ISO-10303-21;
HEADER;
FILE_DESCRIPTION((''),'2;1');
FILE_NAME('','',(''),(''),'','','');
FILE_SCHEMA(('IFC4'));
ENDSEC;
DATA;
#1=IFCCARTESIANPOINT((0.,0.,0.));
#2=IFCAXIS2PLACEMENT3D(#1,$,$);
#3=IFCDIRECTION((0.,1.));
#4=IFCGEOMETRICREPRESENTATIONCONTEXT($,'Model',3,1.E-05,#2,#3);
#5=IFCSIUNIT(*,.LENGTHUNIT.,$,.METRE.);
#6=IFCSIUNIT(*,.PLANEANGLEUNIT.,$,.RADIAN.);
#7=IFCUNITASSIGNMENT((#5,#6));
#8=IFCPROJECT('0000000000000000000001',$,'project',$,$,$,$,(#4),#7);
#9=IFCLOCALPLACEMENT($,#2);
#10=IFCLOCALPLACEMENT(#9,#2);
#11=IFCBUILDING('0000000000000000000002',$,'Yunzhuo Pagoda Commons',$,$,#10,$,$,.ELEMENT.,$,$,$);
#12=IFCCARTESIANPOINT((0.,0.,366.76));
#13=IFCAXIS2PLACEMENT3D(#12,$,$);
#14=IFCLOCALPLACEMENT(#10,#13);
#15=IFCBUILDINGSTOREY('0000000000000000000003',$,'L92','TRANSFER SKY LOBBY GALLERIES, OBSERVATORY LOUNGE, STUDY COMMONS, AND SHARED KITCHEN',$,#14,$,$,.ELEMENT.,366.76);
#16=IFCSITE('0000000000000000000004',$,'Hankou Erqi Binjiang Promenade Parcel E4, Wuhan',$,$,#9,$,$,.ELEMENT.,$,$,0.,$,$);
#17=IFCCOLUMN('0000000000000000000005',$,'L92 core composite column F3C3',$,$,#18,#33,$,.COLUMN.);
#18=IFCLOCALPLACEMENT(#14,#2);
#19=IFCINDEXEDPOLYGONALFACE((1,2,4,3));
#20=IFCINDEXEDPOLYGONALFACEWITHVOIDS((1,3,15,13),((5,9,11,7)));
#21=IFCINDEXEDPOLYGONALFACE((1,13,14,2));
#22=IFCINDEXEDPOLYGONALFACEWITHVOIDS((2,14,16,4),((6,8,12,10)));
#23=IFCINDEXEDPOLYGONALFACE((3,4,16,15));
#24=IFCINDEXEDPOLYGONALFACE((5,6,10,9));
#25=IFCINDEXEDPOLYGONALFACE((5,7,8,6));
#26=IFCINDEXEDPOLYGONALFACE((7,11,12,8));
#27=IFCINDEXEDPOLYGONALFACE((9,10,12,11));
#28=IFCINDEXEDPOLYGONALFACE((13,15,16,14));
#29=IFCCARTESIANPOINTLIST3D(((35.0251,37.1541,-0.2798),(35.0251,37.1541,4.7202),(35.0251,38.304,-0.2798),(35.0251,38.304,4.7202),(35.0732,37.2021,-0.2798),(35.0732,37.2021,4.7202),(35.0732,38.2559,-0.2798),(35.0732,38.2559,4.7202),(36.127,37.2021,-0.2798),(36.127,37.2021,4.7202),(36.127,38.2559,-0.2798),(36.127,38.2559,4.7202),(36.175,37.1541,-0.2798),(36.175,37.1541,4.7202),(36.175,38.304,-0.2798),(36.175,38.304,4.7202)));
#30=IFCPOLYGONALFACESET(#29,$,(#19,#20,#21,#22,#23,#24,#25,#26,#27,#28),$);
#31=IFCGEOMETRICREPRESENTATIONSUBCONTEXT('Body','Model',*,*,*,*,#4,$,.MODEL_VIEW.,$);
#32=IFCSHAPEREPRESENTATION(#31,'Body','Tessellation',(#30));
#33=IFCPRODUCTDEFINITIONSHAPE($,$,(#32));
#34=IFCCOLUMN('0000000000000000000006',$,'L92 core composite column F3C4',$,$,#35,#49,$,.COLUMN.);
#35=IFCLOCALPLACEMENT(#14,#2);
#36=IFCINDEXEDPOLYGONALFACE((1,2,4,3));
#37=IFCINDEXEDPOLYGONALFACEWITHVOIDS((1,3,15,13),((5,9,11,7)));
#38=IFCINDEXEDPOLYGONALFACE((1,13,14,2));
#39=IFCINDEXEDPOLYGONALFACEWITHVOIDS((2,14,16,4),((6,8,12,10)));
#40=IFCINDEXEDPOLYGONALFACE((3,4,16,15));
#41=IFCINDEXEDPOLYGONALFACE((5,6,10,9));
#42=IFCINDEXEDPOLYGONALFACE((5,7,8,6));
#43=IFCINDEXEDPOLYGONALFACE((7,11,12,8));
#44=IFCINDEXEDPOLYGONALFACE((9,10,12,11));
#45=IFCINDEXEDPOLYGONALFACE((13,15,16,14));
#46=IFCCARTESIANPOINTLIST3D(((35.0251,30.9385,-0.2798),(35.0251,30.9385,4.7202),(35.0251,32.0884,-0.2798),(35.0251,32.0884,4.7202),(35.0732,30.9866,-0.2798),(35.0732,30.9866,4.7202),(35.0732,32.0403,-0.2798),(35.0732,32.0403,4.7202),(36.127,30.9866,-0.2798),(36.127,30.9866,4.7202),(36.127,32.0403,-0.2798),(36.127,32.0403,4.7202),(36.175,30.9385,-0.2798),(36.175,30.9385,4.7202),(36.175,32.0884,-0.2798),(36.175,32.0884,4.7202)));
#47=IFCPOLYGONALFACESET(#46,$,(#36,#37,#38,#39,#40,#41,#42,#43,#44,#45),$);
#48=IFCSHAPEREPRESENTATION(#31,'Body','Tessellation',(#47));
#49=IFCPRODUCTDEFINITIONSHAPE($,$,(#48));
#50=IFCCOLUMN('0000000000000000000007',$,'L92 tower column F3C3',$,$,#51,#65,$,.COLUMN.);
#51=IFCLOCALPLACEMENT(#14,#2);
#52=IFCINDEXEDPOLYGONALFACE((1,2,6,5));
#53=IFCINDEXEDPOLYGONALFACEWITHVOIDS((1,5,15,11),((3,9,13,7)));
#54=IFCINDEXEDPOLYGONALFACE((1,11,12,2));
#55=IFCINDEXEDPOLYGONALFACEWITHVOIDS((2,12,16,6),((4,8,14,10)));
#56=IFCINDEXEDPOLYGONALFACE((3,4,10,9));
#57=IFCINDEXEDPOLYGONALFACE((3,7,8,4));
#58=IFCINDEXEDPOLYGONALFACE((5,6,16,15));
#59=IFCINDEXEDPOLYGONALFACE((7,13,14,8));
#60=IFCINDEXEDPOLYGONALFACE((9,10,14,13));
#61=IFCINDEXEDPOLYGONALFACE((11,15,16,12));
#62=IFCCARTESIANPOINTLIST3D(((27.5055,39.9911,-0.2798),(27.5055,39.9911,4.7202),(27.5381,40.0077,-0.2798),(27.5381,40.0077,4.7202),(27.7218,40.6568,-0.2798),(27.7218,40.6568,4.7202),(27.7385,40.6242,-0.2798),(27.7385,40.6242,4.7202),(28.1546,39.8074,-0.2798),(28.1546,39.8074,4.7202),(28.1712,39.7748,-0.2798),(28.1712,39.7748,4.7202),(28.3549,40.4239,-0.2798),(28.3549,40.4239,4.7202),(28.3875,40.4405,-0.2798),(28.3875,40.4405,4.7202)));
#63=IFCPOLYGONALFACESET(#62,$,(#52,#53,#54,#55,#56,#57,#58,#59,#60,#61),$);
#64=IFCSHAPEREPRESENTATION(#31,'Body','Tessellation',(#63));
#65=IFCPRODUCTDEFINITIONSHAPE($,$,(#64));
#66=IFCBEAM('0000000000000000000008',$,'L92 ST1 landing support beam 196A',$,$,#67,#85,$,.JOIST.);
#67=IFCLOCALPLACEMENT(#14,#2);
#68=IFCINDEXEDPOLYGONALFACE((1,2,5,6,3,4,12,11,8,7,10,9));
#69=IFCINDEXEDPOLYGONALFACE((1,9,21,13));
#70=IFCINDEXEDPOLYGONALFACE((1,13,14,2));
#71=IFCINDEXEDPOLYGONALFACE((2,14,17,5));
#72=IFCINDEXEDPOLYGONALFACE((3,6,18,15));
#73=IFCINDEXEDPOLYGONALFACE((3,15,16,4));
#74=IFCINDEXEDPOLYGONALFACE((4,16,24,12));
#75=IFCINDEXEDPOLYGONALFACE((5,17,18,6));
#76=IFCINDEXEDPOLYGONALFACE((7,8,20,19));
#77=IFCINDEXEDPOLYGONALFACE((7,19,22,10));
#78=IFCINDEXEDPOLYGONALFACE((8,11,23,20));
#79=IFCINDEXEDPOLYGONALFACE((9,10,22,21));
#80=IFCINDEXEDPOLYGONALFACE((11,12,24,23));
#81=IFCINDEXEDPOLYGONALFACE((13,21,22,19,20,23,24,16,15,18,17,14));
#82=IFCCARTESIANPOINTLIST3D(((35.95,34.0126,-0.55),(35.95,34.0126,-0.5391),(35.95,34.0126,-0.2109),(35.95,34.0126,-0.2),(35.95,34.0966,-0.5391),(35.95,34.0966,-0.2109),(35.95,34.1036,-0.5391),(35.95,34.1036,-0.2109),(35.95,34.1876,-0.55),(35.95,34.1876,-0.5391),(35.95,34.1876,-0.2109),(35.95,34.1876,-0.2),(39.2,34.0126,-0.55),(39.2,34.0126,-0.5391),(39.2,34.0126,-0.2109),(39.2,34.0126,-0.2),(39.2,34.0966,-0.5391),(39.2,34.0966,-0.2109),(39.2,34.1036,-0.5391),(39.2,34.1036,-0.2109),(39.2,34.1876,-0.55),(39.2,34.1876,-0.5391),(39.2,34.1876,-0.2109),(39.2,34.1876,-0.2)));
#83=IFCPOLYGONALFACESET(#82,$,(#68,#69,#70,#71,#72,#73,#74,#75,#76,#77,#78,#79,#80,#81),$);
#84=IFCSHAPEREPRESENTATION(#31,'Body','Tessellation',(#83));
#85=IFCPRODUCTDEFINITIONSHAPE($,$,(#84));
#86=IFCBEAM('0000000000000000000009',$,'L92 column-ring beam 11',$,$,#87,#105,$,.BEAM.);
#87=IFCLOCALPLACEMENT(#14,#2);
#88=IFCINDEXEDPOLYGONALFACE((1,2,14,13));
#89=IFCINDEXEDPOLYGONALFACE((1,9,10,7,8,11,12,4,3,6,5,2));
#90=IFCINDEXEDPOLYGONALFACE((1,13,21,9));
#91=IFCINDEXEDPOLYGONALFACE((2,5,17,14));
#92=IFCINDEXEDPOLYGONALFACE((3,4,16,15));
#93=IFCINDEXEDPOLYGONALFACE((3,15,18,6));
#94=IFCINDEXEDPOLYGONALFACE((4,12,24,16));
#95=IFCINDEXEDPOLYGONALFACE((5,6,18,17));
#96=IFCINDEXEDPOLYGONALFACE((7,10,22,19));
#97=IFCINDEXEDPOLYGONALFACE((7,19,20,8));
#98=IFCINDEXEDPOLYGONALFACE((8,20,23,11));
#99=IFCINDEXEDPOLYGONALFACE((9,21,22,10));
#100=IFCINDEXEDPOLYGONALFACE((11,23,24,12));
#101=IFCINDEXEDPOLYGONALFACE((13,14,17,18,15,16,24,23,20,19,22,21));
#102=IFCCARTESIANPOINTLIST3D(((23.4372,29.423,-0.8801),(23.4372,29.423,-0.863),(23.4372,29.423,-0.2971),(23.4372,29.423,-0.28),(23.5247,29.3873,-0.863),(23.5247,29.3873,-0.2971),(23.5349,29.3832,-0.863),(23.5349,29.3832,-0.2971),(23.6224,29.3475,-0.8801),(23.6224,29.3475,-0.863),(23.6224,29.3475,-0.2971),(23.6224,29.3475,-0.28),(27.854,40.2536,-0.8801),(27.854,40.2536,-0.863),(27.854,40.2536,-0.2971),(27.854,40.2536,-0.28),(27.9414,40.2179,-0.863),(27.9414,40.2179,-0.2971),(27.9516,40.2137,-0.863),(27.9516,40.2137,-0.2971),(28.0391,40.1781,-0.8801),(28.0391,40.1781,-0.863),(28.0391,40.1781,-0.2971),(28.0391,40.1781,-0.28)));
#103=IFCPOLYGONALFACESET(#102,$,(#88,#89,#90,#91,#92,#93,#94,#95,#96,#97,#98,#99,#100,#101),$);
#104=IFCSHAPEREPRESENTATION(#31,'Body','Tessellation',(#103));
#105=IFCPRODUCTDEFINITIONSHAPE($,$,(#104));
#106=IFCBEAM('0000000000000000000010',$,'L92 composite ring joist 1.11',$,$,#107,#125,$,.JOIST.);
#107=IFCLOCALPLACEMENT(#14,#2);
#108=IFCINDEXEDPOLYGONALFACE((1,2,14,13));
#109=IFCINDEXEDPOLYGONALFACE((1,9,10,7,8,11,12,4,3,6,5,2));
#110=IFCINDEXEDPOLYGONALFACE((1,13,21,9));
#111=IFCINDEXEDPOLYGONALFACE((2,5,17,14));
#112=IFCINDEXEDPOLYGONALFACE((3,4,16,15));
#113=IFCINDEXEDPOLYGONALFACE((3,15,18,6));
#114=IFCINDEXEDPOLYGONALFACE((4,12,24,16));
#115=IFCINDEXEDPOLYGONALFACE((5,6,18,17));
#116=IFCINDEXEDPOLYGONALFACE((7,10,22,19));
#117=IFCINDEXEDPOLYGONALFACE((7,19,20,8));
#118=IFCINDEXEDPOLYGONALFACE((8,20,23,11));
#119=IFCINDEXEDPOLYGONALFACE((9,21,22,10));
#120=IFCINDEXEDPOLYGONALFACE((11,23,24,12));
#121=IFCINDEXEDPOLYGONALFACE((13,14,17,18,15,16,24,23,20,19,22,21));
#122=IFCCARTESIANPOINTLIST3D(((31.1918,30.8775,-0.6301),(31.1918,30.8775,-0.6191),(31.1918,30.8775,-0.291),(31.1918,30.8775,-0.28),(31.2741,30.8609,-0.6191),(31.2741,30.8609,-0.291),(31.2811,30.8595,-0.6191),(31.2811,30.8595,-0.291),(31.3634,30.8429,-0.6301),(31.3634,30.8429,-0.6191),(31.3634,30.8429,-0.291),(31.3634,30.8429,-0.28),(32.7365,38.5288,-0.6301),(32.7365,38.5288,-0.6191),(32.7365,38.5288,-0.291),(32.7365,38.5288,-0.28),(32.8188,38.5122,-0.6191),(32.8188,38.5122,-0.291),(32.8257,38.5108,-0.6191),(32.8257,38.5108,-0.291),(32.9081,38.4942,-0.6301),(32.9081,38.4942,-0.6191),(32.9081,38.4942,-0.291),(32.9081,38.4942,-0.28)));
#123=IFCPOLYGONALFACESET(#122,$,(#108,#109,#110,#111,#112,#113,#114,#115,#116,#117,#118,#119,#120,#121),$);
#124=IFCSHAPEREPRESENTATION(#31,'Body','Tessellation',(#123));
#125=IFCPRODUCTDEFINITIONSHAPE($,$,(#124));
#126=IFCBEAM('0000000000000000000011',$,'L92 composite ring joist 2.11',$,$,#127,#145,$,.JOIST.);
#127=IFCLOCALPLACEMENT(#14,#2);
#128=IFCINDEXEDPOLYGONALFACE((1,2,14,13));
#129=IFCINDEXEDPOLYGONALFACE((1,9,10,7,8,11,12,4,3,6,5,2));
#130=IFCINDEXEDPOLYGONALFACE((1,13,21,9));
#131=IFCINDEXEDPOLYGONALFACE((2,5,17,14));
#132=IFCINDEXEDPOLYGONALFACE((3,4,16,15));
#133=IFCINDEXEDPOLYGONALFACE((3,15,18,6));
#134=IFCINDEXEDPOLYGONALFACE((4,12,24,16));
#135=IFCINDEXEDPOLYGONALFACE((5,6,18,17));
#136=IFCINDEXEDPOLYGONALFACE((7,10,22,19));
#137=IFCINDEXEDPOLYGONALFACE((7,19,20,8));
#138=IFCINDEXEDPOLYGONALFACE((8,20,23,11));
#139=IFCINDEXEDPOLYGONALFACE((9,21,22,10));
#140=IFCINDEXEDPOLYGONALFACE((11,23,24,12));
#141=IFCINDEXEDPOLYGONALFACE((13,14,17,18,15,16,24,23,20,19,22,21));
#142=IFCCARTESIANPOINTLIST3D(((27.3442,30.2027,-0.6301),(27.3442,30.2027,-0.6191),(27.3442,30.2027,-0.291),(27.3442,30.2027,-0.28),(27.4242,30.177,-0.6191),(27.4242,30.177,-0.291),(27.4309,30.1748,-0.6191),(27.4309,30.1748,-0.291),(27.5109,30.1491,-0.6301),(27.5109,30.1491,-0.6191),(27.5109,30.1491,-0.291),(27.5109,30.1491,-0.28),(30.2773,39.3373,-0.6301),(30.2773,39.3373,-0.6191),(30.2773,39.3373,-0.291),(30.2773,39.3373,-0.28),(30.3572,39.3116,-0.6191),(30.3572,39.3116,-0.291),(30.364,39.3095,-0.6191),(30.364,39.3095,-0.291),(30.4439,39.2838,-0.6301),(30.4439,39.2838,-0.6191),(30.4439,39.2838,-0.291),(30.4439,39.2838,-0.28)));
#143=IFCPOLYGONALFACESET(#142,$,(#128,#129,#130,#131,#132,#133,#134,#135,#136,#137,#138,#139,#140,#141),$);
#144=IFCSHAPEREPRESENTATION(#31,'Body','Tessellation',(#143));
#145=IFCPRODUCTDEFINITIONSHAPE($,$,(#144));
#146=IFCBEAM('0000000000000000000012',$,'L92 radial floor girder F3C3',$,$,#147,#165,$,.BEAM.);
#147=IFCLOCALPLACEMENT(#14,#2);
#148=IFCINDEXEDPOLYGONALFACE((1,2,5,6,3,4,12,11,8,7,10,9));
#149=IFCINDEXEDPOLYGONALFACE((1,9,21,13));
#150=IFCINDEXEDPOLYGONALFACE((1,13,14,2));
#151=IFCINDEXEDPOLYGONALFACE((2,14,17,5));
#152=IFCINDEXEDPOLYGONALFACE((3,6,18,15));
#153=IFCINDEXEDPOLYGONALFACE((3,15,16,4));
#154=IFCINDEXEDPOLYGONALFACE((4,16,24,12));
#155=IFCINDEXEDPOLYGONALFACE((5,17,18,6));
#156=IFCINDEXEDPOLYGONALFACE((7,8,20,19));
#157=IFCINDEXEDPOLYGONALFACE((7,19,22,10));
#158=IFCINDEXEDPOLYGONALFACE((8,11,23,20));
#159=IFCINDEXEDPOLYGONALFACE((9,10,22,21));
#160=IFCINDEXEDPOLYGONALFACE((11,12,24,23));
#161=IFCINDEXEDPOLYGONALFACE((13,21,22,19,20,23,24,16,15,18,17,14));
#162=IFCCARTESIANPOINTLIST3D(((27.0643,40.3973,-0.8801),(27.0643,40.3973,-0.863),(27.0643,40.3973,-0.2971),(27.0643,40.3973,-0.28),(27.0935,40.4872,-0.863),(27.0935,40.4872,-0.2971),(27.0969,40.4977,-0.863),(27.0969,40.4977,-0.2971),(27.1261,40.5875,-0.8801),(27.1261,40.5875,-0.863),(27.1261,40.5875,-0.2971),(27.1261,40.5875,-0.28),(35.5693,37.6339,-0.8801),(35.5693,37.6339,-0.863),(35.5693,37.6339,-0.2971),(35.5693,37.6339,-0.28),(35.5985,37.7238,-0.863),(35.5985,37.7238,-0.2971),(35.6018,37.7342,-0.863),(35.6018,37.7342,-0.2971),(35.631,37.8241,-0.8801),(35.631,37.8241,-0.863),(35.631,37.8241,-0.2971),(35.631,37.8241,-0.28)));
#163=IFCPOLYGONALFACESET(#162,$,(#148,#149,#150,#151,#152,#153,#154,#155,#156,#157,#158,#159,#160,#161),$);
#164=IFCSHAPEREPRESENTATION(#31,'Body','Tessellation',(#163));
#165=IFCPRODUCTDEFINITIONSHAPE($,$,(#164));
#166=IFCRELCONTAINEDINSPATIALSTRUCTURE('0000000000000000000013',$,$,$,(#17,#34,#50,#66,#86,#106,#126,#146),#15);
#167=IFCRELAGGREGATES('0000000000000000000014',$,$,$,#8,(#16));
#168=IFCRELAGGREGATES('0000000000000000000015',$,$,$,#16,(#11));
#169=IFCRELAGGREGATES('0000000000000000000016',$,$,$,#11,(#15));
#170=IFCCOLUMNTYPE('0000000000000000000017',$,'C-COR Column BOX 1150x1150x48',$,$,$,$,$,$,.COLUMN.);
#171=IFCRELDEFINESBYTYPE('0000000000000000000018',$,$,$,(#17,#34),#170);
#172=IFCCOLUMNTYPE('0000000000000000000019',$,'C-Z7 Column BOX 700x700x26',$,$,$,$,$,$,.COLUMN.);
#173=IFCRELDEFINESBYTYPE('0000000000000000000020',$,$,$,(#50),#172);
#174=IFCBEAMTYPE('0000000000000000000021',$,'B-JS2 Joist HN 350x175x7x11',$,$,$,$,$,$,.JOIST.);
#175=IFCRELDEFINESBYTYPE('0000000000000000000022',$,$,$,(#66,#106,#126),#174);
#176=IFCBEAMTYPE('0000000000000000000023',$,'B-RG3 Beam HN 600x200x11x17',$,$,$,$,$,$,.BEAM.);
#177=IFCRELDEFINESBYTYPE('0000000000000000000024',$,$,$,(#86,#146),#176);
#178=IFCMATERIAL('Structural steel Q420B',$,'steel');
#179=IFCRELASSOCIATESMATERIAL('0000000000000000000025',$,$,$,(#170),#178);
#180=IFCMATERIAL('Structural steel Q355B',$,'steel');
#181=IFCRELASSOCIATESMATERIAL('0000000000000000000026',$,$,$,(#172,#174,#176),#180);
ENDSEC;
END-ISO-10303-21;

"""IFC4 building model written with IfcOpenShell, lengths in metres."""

from ifc_helpers import new_model, si_unit, direction, frame, origin, origin_2d, place, context, subcontext, project, spatial, hollow_rectangle, i_section, extrude, source, transform, mapped, material, material_profile, profile_set, type_object, element, save


model = new_model("IFC4")

# Units and contexts
model_context = context("Model", 3, precision=1e-05, world=origin(), true_north=direction((0.0, 1.0)))
body_context = subcontext(model_context, "Body", "Model", "MODEL_VIEW")
ifc_project = project(units=[si_unit("LENGTHUNIT", "METRE"), si_unit("PLANEANGLEUNIT", "RADIAN")], contexts=[model_context])

# Site, building, storey
site_placement = place(None, origin())
site = spatial("IfcSite", under=ifc_project, at=site_placement, Name="Hankou Erqi Binjiang Promenade Parcel E4, Wuhan", CompositionType="ELEMENT", RefElevation=0.0)
building_placement = place(site_placement, origin())
building = spatial("IfcBuilding", under=site, at=building_placement, Name="Yunzhuo Pagoda Commons", CompositionType="ELEMENT")
storey_placement = place(building_placement, frame((0.0, 0.0, 366.76)))
storey = spatial("IfcBuildingStorey", under=building, at=storey_placement, Name="L92", Description="TRANSFER SKY LOBBY GALLERIES, OBSERVATORY LOUNGE, STUDY COMMONS, AND SHARED KITCHEN", CompositionType="ELEMENT", Elevation=366.76)

# Columns
ifc_material_1 = material(Name="Structural steel Q420B", Category="steel")
ifc_material_profile_1 = material_profile(ifc_material_1, hollow_rectangle(XDim=1.1499, YDim=1.1499, WallThickness=0.0481, at=origin_2d()), Name="Structural steel Q420B")
ifc_profile_set_1 = profile_set([ifc_material_profile_1], Name="Structural steel Q420B")
column_type_1 = type_object("IfcColumnType", Name="C-COR Column BOX 1150x1150x48", PredefinedType="COLUMN", material=ifc_profile_set_1)
shared_shape_1 = source(origin(), body_context, "Body", "SweptSolid", [
    extrude(hollow_rectangle(XDim=1.1499, YDim=1.1499, WallThickness=0.0481, at=origin_2d()), origin(), (0.0, 0.0, 1.0), 5.0),
])
for number, where, z_axis, x_axis, name in (
    (1, (35.6001, 37.729, -0.2798), (0.0, 0.0, 1.0), (1.0, 0.0, 0.0), "L92 core composite column F3C3"),
    (2, (35.6001, 31.5134, -0.2798), (0.0, 0.0, 1.0), (1.0, 0.0, 0.0), "L92 core composite column F3C4"),
):
    element("IfcColumn", number, at=place(storey_placement, frame(where, z_axis=z_axis, x_axis=x_axis)), inside=storey, type_object=column_type_1, Name=name, PredefinedType="COLUMN", context=body_context, shape_type="MappedRepresentation", body=[
        mapped(shared_shape_1, transform((0.0, 0.0, 0.0), scale=1.0)),
    ])
ifc_material_2 = material(Name="Structural steel Q355B", Category="steel")
ifc_material_profile_2 = material_profile(ifc_material_2, hollow_rectangle(XDim=0.7, YDim=0.7, WallThickness=0.0259, at=origin_2d()), Name="Structural steel Q355B")
ifc_profile_set_2 = profile_set([ifc_material_profile_2], Name="Structural steel Q355B")
column_type_2 = type_object("IfcColumnType", Name="C-Z7 Column BOX 700x700x26", PredefinedType="COLUMN", material=ifc_profile_set_2)
shared_shape_2 = source(origin(), body_context, "Body", "SweptSolid", [
    extrude(hollow_rectangle(XDim=0.7, YDim=0.7, WallThickness=0.0259, at=origin_2d()), origin(), (0.0, 0.0, 1.0), 5.0),
])
column_placement = place(storey_placement, frame((27.9465, 40.2158, -0.2798), z_axis=(0.0, 0.0, 1.0), x_axis=(-0.309017, -0.951057, 0.0)))
element("IfcColumn", 3, at=column_placement, inside=storey, type_object=column_type_2, Name="L92 tower column F3C3", PredefinedType="COLUMN", context=body_context, shape_type="MappedRepresentation", body=[
    mapped(shared_shape_2, transform((0.0, 0.0, 0.0), scale=1.0)),
])

# Beams
ifc_material_profile_3 = material_profile(ifc_material_2, i_section(OverallWidth=0.175, OverallDepth=0.3501, WebThickness=0.0071, FlangeThickness=0.011, at=origin_2d()), Name="Structural steel Q355B")
ifc_profile_set_3 = profile_set([ifc_material_profile_3], Name="Structural steel Q355B")
beam_type_1 = type_object("IfcBeamType", Name="B-JS2 Joist HN 350x175x7x11", PredefinedType="JOIST", material=ifc_profile_set_3)
shared_shape_3 = source(origin(), body_context, "Body", "SweptSolid", [
    extrude(i_section(OverallWidth=0.175, OverallDepth=0.3501, WebThickness=0.0071, FlangeThickness=0.011, at=origin_2d()), origin(), (0.0, 0.0, 1.0), 3.25),
])
beam_1_placement = place(storey_placement, frame((35.95, 34.1001, -0.375), z_axis=(1.0, 0.0, 0.0), x_axis=(0.0, 1.0, 0.0)))
element("IfcBeam", 4, at=beam_1_placement, inside=storey, type_object=beam_type_1, Name="L92 ST1 landing support beam 196A", PredefinedType="JOIST", context=body_context, shape_type="MappedRepresentation", body=[
    mapped(shared_shape_3, transform((0.0, 0.0, 0.0), scale=1.0)),
])
ifc_material_profile_4 = material_profile(ifc_material_2, i_section(OverallWidth=0.2, OverallDepth=0.6001, WebThickness=0.011, FlangeThickness=0.0171, at=origin_2d()), Name="Structural steel Q355B")
ifc_profile_set_4 = profile_set([ifc_material_profile_4], Name="Structural steel Q355B")
beam_type_2 = type_object("IfcBeamType", Name="B-RG3 Beam HN 600x200x11x17", PredefinedType="BEAM", material=ifc_profile_set_4)
shared_shape_4 = source(origin(), body_context, "Body", "SweptSolid", [
    extrude(i_section(OverallWidth=0.2, OverallDepth=0.6001, WebThickness=0.011, FlangeThickness=0.0171, at=origin_2d()), origin(), (0.0, 0.0, 1.0), 11.6965),
])
beam_2_placement = place(storey_placement, frame((27.9465, 40.2158, -0.5801), z_axis=(-0.377612, -0.925964, 0.0), x_axis=(0.925964, -0.377612, 0.0)))
element("IfcBeam", 5, at=beam_2_placement, inside=storey, type_object=beam_type_2, Name="L92 column-ring beam 11", PredefinedType="BEAM", context=body_context, shape_type="MappedRepresentation", body=[
    mapped(shared_shape_4, transform((0.0, 0.0, 0.0), scale=1.0)),
])
shared_shape_5 = source(origin(), body_context, "Body", "SweptSolid", [
    extrude(i_section(OverallWidth=0.175, OverallDepth=0.3501, WebThickness=0.0071, FlangeThickness=0.011, at=origin_2d()), origin(), (0.0, 0.0, 1.0), 7.8057),
])
beam_3_placement = place(storey_placement, frame((32.8223, 38.5115, -0.4551), z_axis=(-0.19789, -0.980224, 0.0), x_axis=(0.980224, -0.19789, 0.0)))
element("IfcBeam", 6, at=beam_3_placement, inside=storey, type_object=beam_type_1, Name="L92 composite ring joist 1.11", PredefinedType="JOIST", context=body_context, shape_type="MappedRepresentation", body=[
    mapped(shared_shape_5, transform((0.0, 0.0, 0.0), scale=1.0)),
])
shared_shape_6 = source(origin(), body_context, "Body", "SweptSolid", [
    extrude(i_section(OverallWidth=0.175, OverallDepth=0.3501, WebThickness=0.0071, FlangeThickness=0.011, at=origin_2d()), origin(), (0.0, 0.0, 1.0), 9.594),
])
beam_4_placement = place(storey_placement, frame((30.3606, 39.3105, -0.4551), z_axis=(-0.305719, -0.952122, 0.0), x_axis=(0.952122, -0.305719, 0.0)))
element("IfcBeam", 7, at=beam_4_placement, inside=storey, type_object=beam_type_1, Name="L92 composite ring joist 2.11", PredefinedType="JOIST", context=body_context, shape_type="MappedRepresentation", body=[
    mapped(shared_shape_6, transform((0.0, 0.0, 0.0), scale=1.0)),
])
shared_shape_7 = source(origin(), body_context, "Body", "SweptSolid", [
    extrude(i_section(OverallWidth=0.2, OverallDepth=0.6001, WebThickness=0.011, FlangeThickness=0.0171, at=origin_2d()), origin(), (0.0, 0.0, 1.0), 8.9426),
])
beam_5_placement = place(storey_placement, frame((27.0952, 40.4924, -0.5801), z_axis=(0.951056, -0.309019, 0.0), x_axis=(0.309019, 0.951056, 0.0)))
element("IfcBeam", 8, at=beam_5_placement, inside=storey, type_object=beam_type_2, Name="L92 radial floor girder F3C3", PredefinedType="BEAM", context=body_context, shape_type="MappedRepresentation", body=[
    mapped(shared_shape_7, transform((0.0, 0.0, 0.0), scale=1.0)),
])

save(model, "model.ifc")
